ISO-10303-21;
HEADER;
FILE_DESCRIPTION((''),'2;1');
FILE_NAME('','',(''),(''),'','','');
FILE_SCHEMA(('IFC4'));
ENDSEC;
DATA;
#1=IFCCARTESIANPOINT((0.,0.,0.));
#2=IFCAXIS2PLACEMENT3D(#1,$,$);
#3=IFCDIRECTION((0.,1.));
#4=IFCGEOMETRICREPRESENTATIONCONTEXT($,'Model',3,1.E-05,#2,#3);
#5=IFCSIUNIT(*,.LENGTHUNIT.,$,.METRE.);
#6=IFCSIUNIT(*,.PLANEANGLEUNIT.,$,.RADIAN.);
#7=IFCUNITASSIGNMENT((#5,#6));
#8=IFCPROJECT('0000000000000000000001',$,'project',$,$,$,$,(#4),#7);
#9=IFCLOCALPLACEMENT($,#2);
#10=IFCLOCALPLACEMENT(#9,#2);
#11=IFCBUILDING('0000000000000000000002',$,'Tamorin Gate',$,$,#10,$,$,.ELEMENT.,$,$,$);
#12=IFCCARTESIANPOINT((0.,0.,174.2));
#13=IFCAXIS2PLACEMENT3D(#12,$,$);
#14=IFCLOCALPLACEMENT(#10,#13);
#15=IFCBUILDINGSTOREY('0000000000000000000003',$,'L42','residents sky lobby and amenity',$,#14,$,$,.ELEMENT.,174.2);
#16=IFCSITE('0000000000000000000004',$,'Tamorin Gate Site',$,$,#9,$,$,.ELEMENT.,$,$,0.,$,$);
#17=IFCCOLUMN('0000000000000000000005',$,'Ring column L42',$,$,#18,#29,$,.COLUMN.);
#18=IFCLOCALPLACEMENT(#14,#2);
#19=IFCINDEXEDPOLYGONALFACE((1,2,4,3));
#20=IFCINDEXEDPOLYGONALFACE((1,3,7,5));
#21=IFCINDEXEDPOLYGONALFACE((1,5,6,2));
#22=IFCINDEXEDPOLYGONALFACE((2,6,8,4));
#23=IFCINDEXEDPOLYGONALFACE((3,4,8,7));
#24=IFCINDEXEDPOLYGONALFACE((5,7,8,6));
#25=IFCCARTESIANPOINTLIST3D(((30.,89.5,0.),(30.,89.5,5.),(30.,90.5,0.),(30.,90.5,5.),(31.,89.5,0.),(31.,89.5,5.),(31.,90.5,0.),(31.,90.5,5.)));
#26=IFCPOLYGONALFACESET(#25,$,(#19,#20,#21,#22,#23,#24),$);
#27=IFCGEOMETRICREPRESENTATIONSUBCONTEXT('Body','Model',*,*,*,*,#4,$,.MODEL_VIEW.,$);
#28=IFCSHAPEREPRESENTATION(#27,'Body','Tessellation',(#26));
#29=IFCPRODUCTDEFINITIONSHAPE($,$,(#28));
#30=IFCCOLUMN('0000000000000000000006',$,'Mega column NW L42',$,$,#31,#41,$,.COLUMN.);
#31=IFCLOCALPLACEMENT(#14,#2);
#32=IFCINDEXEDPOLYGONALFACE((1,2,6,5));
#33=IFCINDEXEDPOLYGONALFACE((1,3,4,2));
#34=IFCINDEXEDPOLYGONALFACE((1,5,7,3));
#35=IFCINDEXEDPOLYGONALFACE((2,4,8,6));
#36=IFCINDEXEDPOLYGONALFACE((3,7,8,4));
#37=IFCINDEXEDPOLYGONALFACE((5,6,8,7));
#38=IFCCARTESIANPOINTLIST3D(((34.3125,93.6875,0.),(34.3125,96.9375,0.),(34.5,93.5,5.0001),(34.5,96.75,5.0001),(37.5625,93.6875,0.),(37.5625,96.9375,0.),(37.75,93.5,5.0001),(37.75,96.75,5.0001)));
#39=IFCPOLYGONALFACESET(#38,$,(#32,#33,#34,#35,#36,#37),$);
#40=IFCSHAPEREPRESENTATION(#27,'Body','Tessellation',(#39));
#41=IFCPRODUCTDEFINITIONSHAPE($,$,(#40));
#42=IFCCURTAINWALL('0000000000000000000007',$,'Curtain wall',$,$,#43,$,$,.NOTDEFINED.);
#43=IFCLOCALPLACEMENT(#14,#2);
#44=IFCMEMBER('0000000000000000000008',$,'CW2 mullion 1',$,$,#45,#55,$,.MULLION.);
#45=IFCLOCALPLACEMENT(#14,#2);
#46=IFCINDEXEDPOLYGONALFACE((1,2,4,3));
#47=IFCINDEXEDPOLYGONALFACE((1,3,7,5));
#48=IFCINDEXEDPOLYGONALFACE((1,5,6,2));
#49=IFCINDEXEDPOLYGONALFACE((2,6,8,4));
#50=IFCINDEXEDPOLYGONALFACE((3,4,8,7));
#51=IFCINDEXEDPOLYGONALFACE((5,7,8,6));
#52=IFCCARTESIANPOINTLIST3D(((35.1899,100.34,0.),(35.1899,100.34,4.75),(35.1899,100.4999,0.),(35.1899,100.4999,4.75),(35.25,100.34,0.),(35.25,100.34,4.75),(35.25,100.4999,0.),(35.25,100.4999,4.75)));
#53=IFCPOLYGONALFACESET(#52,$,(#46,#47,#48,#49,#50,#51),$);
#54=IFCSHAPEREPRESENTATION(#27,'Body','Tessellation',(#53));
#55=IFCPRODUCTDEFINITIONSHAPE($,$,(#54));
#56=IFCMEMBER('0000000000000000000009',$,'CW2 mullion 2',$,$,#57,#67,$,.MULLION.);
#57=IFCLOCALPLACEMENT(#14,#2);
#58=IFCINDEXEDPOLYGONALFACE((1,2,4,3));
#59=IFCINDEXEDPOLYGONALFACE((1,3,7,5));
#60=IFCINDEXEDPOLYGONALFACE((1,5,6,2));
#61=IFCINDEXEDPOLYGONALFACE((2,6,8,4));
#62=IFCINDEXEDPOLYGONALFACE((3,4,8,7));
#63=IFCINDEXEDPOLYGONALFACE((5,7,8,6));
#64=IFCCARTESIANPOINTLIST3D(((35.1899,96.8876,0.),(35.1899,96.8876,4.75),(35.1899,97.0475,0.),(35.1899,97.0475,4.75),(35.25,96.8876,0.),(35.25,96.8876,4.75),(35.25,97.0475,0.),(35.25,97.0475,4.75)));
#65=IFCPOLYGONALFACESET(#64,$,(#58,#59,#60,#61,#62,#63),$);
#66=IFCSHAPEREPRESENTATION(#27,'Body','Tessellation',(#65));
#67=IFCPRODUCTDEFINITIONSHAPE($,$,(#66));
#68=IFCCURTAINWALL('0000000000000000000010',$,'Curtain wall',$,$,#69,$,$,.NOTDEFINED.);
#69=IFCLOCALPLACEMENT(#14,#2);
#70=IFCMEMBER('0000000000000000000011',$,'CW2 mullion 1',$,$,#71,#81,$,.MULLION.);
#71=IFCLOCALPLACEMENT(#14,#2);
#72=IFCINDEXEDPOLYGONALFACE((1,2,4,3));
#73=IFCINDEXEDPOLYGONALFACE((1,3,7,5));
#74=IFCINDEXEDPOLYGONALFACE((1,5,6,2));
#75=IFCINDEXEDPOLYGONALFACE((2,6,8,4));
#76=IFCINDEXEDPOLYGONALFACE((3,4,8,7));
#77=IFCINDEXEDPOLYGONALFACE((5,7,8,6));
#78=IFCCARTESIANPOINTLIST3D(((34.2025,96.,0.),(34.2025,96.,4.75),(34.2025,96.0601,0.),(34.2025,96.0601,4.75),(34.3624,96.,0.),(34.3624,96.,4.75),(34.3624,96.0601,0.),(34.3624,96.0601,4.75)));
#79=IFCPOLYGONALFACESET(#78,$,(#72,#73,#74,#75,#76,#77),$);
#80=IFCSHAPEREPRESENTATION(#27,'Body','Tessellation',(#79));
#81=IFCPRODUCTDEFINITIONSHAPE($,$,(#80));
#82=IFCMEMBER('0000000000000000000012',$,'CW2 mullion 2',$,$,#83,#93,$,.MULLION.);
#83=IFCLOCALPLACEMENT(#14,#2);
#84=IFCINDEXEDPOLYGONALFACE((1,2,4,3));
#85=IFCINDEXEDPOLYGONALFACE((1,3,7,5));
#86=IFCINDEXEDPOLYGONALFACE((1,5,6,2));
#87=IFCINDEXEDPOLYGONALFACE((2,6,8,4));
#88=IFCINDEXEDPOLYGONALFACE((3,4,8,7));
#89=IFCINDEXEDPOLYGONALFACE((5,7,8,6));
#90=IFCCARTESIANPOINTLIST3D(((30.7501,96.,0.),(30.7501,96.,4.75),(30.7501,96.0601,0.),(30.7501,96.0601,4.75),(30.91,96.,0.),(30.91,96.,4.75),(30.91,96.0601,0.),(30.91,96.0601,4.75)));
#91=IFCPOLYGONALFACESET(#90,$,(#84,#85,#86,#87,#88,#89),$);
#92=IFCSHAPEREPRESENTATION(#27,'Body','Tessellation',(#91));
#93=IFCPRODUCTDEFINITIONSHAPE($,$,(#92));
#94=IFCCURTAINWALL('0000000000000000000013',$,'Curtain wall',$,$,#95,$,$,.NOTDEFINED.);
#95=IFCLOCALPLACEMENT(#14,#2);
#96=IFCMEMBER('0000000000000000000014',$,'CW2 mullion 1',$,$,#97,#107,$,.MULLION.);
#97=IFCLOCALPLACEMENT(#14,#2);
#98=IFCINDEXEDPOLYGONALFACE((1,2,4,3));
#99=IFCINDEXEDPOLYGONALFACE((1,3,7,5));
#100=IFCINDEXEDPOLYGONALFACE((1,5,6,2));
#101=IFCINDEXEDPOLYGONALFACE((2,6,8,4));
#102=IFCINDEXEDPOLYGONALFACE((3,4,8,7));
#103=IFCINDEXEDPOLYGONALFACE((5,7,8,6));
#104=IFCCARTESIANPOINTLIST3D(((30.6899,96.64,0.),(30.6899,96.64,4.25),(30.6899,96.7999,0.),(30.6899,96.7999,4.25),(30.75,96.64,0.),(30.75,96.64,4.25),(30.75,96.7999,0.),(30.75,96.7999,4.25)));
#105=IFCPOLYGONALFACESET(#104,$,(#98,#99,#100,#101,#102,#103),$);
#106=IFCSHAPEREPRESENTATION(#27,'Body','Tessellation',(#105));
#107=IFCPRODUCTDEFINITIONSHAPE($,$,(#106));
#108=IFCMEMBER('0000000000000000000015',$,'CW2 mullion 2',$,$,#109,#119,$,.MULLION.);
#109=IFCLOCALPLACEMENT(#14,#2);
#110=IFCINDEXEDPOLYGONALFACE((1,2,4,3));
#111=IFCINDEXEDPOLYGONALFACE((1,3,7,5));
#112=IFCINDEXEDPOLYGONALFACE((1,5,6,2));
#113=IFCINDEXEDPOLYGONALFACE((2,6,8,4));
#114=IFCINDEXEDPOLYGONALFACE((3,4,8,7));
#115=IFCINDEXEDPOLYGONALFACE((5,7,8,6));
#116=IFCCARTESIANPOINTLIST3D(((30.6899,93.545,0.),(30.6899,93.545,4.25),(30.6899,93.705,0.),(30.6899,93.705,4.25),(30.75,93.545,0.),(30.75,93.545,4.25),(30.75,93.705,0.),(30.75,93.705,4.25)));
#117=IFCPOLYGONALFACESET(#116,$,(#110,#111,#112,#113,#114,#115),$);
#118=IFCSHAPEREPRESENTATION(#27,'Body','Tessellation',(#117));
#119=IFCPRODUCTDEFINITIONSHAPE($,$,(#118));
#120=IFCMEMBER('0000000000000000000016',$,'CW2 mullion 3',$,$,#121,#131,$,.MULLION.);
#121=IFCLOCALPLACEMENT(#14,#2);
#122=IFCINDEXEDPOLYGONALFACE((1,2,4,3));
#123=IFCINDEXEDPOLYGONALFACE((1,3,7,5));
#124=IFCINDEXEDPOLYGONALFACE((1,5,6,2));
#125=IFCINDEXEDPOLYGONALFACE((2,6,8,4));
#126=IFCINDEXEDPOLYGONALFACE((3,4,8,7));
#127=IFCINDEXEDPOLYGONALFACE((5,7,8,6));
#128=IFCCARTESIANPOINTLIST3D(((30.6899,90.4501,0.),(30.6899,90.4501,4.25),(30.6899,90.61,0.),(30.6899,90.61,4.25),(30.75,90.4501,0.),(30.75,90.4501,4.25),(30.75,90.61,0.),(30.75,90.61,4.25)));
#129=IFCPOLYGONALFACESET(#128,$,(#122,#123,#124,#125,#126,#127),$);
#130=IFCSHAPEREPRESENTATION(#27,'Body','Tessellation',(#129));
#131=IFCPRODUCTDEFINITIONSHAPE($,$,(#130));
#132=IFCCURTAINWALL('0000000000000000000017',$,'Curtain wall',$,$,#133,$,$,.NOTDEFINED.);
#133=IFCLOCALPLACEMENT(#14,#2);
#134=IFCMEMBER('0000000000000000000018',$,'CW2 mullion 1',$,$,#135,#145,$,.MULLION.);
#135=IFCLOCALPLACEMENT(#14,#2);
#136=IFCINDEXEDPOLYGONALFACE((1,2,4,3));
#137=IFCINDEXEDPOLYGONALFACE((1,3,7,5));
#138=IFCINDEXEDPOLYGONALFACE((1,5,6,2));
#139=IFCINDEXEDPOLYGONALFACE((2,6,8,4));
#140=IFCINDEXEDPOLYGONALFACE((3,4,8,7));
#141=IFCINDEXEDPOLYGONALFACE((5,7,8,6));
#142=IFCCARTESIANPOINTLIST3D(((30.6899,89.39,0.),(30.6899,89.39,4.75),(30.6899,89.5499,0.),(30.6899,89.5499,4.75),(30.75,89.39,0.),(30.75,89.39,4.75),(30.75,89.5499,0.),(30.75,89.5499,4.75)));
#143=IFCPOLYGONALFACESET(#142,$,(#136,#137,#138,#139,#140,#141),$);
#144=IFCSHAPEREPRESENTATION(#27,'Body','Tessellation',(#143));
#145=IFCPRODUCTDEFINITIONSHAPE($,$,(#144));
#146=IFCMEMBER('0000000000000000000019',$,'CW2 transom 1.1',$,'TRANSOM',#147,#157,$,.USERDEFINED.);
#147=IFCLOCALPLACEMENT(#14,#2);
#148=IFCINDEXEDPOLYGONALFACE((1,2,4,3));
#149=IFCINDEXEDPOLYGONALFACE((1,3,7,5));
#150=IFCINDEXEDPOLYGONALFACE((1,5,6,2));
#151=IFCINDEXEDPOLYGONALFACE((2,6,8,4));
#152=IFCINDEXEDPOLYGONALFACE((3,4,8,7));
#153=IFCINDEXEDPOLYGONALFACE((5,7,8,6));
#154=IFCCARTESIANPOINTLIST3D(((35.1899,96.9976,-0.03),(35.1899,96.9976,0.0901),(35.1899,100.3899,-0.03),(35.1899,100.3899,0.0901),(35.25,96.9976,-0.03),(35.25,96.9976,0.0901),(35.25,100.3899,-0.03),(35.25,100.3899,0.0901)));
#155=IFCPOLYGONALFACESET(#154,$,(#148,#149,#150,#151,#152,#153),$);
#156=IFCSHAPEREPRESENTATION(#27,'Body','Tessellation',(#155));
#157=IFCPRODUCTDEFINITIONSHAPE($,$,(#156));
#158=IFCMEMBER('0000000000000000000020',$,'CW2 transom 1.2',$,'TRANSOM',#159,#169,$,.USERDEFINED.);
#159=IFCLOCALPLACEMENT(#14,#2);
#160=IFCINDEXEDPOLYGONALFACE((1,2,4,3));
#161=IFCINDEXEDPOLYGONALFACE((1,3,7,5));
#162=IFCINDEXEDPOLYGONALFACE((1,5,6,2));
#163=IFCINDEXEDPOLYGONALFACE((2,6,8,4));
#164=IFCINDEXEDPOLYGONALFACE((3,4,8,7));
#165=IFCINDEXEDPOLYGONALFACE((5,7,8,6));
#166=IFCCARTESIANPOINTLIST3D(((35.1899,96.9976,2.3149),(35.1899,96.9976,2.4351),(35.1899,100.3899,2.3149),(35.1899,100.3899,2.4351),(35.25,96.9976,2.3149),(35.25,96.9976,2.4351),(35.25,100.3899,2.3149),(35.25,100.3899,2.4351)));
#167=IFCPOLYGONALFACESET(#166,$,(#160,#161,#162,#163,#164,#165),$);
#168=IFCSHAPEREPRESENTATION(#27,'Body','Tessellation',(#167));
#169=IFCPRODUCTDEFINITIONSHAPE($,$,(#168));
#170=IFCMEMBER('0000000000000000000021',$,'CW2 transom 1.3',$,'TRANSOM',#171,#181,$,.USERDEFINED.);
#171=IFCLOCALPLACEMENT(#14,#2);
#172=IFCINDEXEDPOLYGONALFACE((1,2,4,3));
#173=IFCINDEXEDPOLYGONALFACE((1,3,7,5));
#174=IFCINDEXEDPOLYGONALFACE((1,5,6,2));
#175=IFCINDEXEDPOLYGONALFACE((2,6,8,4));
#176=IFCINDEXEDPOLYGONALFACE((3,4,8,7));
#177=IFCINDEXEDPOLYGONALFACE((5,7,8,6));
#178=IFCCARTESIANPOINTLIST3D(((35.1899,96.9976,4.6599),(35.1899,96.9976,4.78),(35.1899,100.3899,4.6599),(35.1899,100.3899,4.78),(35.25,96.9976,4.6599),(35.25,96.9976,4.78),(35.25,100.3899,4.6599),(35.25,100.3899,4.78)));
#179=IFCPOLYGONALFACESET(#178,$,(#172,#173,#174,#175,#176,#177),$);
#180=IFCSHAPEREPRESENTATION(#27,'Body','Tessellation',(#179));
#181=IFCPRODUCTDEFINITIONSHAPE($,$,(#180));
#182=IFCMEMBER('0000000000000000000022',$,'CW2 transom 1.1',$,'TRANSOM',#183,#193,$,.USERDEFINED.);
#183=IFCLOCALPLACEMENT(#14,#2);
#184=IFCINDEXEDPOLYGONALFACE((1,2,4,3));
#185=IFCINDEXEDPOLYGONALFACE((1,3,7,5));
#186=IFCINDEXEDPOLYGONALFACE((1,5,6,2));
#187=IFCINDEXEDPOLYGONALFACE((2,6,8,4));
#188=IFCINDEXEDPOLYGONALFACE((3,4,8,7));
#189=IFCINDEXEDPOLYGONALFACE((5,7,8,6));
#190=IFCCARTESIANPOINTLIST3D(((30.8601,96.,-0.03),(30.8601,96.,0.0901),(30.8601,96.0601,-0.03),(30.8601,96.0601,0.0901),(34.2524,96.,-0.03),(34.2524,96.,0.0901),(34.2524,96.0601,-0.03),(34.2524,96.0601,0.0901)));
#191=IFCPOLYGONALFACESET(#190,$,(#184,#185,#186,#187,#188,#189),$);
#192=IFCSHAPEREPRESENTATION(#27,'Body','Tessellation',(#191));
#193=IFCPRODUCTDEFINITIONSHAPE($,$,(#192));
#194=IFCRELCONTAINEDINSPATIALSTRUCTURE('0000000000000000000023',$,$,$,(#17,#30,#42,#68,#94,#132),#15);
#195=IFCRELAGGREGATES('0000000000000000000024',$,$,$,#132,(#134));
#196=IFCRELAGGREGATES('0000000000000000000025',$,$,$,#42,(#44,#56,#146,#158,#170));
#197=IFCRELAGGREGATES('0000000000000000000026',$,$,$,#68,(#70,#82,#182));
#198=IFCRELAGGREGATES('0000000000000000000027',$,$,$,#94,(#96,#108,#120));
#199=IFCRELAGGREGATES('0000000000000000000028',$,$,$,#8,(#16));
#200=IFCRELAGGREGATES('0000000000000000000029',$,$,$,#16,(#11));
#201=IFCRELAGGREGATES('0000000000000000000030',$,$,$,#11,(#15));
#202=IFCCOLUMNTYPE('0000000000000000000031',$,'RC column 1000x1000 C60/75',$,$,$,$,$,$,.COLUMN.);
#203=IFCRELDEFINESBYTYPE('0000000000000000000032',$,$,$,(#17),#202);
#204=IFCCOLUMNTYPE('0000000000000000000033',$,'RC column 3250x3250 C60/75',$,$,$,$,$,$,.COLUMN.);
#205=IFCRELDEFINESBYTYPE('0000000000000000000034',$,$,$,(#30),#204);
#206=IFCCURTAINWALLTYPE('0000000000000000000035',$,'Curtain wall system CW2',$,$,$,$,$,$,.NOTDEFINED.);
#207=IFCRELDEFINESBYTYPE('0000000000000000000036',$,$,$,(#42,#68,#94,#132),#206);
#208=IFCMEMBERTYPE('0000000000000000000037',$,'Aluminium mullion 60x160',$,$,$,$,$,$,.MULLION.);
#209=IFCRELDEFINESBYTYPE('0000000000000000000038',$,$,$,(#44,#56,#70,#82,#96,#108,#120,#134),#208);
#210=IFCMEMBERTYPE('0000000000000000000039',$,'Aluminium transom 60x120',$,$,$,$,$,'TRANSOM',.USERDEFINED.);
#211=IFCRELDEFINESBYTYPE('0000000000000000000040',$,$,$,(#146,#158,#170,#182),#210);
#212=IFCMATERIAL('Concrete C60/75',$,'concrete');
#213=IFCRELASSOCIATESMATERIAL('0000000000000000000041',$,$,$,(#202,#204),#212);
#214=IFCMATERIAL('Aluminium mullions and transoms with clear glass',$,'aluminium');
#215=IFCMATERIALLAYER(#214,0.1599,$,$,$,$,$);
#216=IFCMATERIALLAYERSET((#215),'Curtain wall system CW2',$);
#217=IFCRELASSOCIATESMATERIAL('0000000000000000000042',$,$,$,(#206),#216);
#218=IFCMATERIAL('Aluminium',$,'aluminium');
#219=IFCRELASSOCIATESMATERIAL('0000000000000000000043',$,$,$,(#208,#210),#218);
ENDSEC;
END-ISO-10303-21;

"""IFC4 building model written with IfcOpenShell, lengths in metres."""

from ifc_helpers import new_model, si_unit, direction, frame, origin, origin_2d, place, context, subcontext, project, spatial, rectangle, extrude, material, layer, layer_set, material_profile, profile_set, type_object, element, aggregate, save


model = new_model("IFC4")

# Units and contexts
model_context = context("Model", 3, precision=1e-05, world=origin(), true_north=direction((0.0, 1.0)))
body_context = subcontext(model_context, "Body", "Model", "MODEL_VIEW")
ifc_project = project(units=[si_unit("LENGTHUNIT", "METRE"), si_unit("PLANEANGLEUNIT", "RADIAN")], contexts=[model_context])

# Site, building, storey
site_placement = place(None, origin())
site = spatial("IfcSite", under=ifc_project, at=site_placement, Name="Tamorin Gate Site", CompositionType="ELEMENT", RefElevation=0.0)
building_placement = place(site_placement, origin())
building = spatial("IfcBuilding", under=site, at=building_placement, Name="Tamorin Gate", CompositionType="ELEMENT")
storey_placement = place(building_placement, frame((0.0, 0.0, 174.2)))
storey = spatial("IfcBuildingStorey", under=building, at=storey_placement, Name="L42", Description="residents sky lobby and amenity", CompositionType="ELEMENT", Elevation=174.2)

# Columns
ifc_material_1 = material(Name="Concrete C60/75", Category="concrete")
ifc_material_profile_1 = material_profile(ifc_material_1, rectangle(XDim=1.0, YDim=1.0, at=origin_2d()), Name="RC 1000x1000")
ifc_profile_set_1 = profile_set([ifc_material_profile_1], Name="Concrete C60/75")
column_type_1 = type_object("IfcColumnType", Name="RC column 1000x1000 C60/75", PredefinedType="COLUMN", material=ifc_profile_set_1)
column_1_placement = place(storey_placement, frame((30.5, 90.0, 0.0), z_axis=(0.0, 0.0, 1.0), x_axis=(1.0, 0.0, 0.0)))
element("IfcColumn", 1, at=column_1_placement, inside=storey, type_object=column_type_1, Name="Ring column L42", PredefinedType="COLUMN", context=body_context, shape_type="SweptSolid", body=[
    extrude(rectangle(XDim=1.0, YDim=1.0, at=origin_2d()), origin(), (0.0, 0.0, 1.0), 5.0),
])
ifc_material_profile_2 = material_profile(ifc_material_1, rectangle(XDim=3.25, YDim=3.25, at=origin_2d()), Name="RC 3250x3250")
ifc_profile_set_2 = profile_set([ifc_material_profile_2], Name="Concrete C60/75")
column_type_2 = type_object("IfcColumnType", Name="RC column 3250x3250 C60/75", PredefinedType="COLUMN", material=ifc_profile_set_2)
column_2_placement = place(storey_placement, frame((35.9375, 95.3125, 0.0), z_axis=(0.0, 0.0, 1.0), x_axis=(0.0, -1.0, 0.0)))
element("IfcColumn", 2, at=column_2_placement, inside=storey, type_object=column_type_2, Name="Mega column NW L42", PredefinedType="COLUMN", context=body_context, shape_type="SweptSolid", body=[
    extrude(rectangle(XDim=3.25, YDim=3.25, at=origin_2d()), origin(), (0.037447, 0.037447, 0.998597), 5.0071),
])

# Curtain walls, members
ifc_material_2 = material(Name="Aluminium mullions and transoms with clear glass", Category="aluminium")
ifc_layer_1 = layer(ifc_material_2, 0.1599)
ifc_layer_set_1 = layer_set([ifc_layer_1], Name="Curtain wall system CW2")
curtain_wall_type = type_object("IfcCurtainWallType", Name="Curtain wall system CW2", PredefinedType="NOTDEFINED", material=ifc_layer_set_1)
curtain_wall_1_placement = place(storey_placement, origin())
curtain_wall_1 = element("IfcCurtainWall", 3, at=curtain_wall_1_placement, inside=storey, type_object=curtain_wall_type, Name="Curtain wall", PredefinedType="NOTDEFINED")
ifc_material_3 = material(Name="Aluminium", Category="aluminium")
ifc_material_profile_3 = material_profile(ifc_material_3, rectangle(XDim=0.0601, YDim=0.1599, at=origin_2d()), Name="RECT 60x160")
ifc_profile_set_3 = profile_set([ifc_material_profile_3], Name="Aluminium")
member_type_1 = type_object("IfcMemberType", Name="Aluminium mullion 60x160", PredefinedType="MULLION", material=ifc_profile_set_3)
member_1_placement = place(storey_placement, frame((35.22, 100.4199, 0.0), z_axis=(0.0, 0.0, 1.0), x_axis=(1.0, 0.0, 0.0)))
member_1 = element("IfcMember", 4, at=member_1_placement, type_object=member_type_1, Name="CW2 mullion 1", PredefinedType="MULLION", context=body_context, shape_type="SweptSolid", body=[
    extrude(rectangle(XDim=0.0601, YDim=0.1599, at=origin_2d()), origin(), (0.0, 0.0, 1.0), 4.75),
])
member_2_placement = place(storey_placement, frame((35.22, 96.9675, 0.0), z_axis=(0.0, 0.0, 1.0), x_axis=(1.0, 0.0, 0.0)))
member_2 = element("IfcMember", 5, at=member_2_placement, type_object=member_type_1, Name="CW2 mullion 2", PredefinedType="MULLION", context=body_context, shape_type="SweptSolid", body=[
    extrude(rectangle(XDim=0.0601, YDim=0.1599, at=origin_2d()), origin(), (0.0, 0.0, 1.0), 4.75),
])
curtain_wall_2_placement = place(storey_placement, origin())
curtain_wall_2 = element("IfcCurtainWall", 6, at=curtain_wall_2_placement, inside=storey, type_object=curtain_wall_type, Name="Curtain wall", PredefinedType="NOTDEFINED")
member_3_placement = place(storey_placement, frame((34.2825, 96.03, 0.0), z_axis=(0.0, 0.0, 1.0), x_axis=(0.0, -1.0, 0.0)))
member_3 = element("IfcMember", 7, at=member_3_placement, type_object=member_type_1, Name="CW2 mullion 1", PredefinedType="MULLION", context=body_context, shape_type="SweptSolid", body=[
    extrude(rectangle(XDim=0.0601, YDim=0.1599, at=origin_2d()), origin(), (0.0, 0.0, 1.0), 4.75),
])
member_4_placement = place(storey_placement, frame((30.8301, 96.03, 0.0), z_axis=(0.0, 0.0, 1.0), x_axis=(0.0, -1.0, 0.0)))
member_4 = element("IfcMember", 8, at=member_4_placement, type_object=member_type_1, Name="CW2 mullion 2", PredefinedType="MULLION", context=body_context, shape_type="SweptSolid", body=[
    extrude(rectangle(XDim=0.0601, YDim=0.1599, at=origin_2d()), origin(), (0.0, 0.0, 1.0), 4.75),
])
curtain_wall_3_placement = place(storey_placement, origin())
curtain_wall_3 = element("IfcCurtainWall", 9, at=curtain_wall_3_placement, inside=storey, type_object=curtain_wall_type, Name="Curtain wall", PredefinedType="NOTDEFINED")
member_5_placement = place(storey_placement, frame((30.72, 96.72, 0.0), z_axis=(0.0, 0.0, 1.0), x_axis=(1.0, 0.0, 0.0)))
member_5 = element("IfcMember", 10, at=member_5_placement, type_object=member_type_1, Name="CW2 mullion 1", PredefinedType="MULLION", context=body_context, shape_type="SweptSolid", body=[
    extrude(rectangle(XDim=0.0601, YDim=0.1599, at=origin_2d()), origin(), (0.0, 0.0, 1.0), 4.25),
])
member_6_placement = place(storey_placement, frame((30.72, 93.625, 0.0), z_axis=(0.0, 0.0, 1.0), x_axis=(1.0, 0.0, 0.0)))
member_6 = element("IfcMember", 11, at=member_6_placement, type_object=member_type_1, Name="CW2 mullion 2", PredefinedType="MULLION", context=body_context, shape_type="SweptSolid", body=[
    extrude(rectangle(XDim=0.0601, YDim=0.1599, at=origin_2d()), origin(), (0.0, 0.0, 1.0), 4.25),
])
member_7_placement = place(storey_placement, frame((30.72, 90.53, 0.0), z_axis=(0.0, 0.0, 1.0), x_axis=(1.0, 0.0, 0.0)))
member_7 = element("IfcMember", 12, at=member_7_placement, type_object=member_type_1, Name="CW2 mullion 3", PredefinedType="MULLION", context=body_context, shape_type="SweptSolid", body=[
    extrude(rectangle(XDim=0.0601, YDim=0.1599, at=origin_2d()), origin(), (0.0, 0.0, 1.0), 4.25),
])

# Curtain wall, member
curtain_wall_4_placement = place(storey_placement, origin())
curtain_wall_4 = element("IfcCurtainWall", 13, at=curtain_wall_4_placement, inside=storey, type_object=curtain_wall_type, Name="Curtain wall", PredefinedType="NOTDEFINED")
member_8_placement = place(storey_placement, frame((30.72, 89.47, 0.0), z_axis=(0.0, 0.0, 1.0), x_axis=(1.0, 0.0, 0.0)))
member_8 = element("IfcMember", 14, at=member_8_placement, type_object=member_type_1, Name="CW2 mullion 1", PredefinedType="MULLION", context=body_context, shape_type="SweptSolid", body=[
    extrude(rectangle(XDim=0.0601, YDim=0.1599, at=origin_2d()), origin(), (0.0, 0.0, 1.0), 4.75),
])
aggregate(curtain_wall_4, [member_8])

# Members
ifc_material_profile_4 = material_profile(ifc_material_3, rectangle(XDim=0.0601, YDim=0.1201, at=origin_2d()), Name="RECT 60x120")
ifc_profile_set_4 = profile_set([ifc_material_profile_4], Name="Aluminium")
member_type_2 = type_object("IfcMemberType", Name="Aluminium transom 60x120", ElementType="TRANSOM", PredefinedType="USERDEFINED", material=ifc_profile_set_4)
member_9_placement = place(storey_placement, frame((35.22, 100.3899, 0.03), z_axis=(0.0, -1.0, 0.0), x_axis=(1.0, 0.0, 0.0)))
member_9 = element("IfcMember", 15, at=member_9_placement, type_object=member_type_2, Name="CW2 transom 1.1", ObjectType="TRANSOM", PredefinedType="USERDEFINED", context=body_context, shape_type="SweptSolid", body=[
    extrude(rectangle(XDim=0.0601, YDim=0.1201, at=origin_2d()), origin(), (0.0, 0.0, 1.0), 3.3923),
])
member_10_placement = place(storey_placement, frame((35.22, 100.3899, 2.375), z_axis=(0.0, -1.0, 0.0), x_axis=(1.0, 0.0, 0.0)))
member_10 = element("IfcMember", 16, at=member_10_placement, type_object=member_type_2, Name="CW2 transom 1.2", ObjectType="TRANSOM", PredefinedType="USERDEFINED", context=body_context, shape_type="SweptSolid", body=[
    extrude(rectangle(XDim=0.0601, YDim=0.1201, at=origin_2d()), origin(), (0.0, 0.0, 1.0), 3.3923),
])
member_11_placement = place(storey_placement, frame((35.22, 100.3899, 4.72), z_axis=(0.0, -1.0, 0.0), x_axis=(1.0, 0.0, 0.0)))
member_11 = element("IfcMember", 17, at=member_11_placement, type_object=member_type_2, Name="CW2 transom 1.3", ObjectType="TRANSOM", PredefinedType="USERDEFINED", context=body_context, shape_type="SweptSolid", body=[
    extrude(rectangle(XDim=0.0601, YDim=0.1201, at=origin_2d()), origin(), (0.0, 0.0, 1.0), 3.3923),
])
member_12_placement = place(storey_placement, frame((34.2524, 96.03, 0.03), z_axis=(-1.0, 0.0, 0.0), x_axis=(0.0, -1.0, 0.0)))
member_12 = element("IfcMember", 18, at=member_12_placement, type_object=member_type_2, Name="CW2 transom 1.1", ObjectType="TRANSOM", PredefinedType="USERDEFINED", context=body_context, shape_type="SweptSolid", body=[
    extrude(rectangle(XDim=0.0601, YDim=0.1201, at=origin_2d()), origin(), (0.0, 0.0, 1.0), 3.3923),
])

aggregate(curtain_wall_1, [member_1, member_2, member_9, member_10, member_11])
aggregate(curtain_wall_2, [member_3, member_4, member_12])
aggregate(curtain_wall_3, [member_5, member_6, member_7])

save(model, "model.ifc")
